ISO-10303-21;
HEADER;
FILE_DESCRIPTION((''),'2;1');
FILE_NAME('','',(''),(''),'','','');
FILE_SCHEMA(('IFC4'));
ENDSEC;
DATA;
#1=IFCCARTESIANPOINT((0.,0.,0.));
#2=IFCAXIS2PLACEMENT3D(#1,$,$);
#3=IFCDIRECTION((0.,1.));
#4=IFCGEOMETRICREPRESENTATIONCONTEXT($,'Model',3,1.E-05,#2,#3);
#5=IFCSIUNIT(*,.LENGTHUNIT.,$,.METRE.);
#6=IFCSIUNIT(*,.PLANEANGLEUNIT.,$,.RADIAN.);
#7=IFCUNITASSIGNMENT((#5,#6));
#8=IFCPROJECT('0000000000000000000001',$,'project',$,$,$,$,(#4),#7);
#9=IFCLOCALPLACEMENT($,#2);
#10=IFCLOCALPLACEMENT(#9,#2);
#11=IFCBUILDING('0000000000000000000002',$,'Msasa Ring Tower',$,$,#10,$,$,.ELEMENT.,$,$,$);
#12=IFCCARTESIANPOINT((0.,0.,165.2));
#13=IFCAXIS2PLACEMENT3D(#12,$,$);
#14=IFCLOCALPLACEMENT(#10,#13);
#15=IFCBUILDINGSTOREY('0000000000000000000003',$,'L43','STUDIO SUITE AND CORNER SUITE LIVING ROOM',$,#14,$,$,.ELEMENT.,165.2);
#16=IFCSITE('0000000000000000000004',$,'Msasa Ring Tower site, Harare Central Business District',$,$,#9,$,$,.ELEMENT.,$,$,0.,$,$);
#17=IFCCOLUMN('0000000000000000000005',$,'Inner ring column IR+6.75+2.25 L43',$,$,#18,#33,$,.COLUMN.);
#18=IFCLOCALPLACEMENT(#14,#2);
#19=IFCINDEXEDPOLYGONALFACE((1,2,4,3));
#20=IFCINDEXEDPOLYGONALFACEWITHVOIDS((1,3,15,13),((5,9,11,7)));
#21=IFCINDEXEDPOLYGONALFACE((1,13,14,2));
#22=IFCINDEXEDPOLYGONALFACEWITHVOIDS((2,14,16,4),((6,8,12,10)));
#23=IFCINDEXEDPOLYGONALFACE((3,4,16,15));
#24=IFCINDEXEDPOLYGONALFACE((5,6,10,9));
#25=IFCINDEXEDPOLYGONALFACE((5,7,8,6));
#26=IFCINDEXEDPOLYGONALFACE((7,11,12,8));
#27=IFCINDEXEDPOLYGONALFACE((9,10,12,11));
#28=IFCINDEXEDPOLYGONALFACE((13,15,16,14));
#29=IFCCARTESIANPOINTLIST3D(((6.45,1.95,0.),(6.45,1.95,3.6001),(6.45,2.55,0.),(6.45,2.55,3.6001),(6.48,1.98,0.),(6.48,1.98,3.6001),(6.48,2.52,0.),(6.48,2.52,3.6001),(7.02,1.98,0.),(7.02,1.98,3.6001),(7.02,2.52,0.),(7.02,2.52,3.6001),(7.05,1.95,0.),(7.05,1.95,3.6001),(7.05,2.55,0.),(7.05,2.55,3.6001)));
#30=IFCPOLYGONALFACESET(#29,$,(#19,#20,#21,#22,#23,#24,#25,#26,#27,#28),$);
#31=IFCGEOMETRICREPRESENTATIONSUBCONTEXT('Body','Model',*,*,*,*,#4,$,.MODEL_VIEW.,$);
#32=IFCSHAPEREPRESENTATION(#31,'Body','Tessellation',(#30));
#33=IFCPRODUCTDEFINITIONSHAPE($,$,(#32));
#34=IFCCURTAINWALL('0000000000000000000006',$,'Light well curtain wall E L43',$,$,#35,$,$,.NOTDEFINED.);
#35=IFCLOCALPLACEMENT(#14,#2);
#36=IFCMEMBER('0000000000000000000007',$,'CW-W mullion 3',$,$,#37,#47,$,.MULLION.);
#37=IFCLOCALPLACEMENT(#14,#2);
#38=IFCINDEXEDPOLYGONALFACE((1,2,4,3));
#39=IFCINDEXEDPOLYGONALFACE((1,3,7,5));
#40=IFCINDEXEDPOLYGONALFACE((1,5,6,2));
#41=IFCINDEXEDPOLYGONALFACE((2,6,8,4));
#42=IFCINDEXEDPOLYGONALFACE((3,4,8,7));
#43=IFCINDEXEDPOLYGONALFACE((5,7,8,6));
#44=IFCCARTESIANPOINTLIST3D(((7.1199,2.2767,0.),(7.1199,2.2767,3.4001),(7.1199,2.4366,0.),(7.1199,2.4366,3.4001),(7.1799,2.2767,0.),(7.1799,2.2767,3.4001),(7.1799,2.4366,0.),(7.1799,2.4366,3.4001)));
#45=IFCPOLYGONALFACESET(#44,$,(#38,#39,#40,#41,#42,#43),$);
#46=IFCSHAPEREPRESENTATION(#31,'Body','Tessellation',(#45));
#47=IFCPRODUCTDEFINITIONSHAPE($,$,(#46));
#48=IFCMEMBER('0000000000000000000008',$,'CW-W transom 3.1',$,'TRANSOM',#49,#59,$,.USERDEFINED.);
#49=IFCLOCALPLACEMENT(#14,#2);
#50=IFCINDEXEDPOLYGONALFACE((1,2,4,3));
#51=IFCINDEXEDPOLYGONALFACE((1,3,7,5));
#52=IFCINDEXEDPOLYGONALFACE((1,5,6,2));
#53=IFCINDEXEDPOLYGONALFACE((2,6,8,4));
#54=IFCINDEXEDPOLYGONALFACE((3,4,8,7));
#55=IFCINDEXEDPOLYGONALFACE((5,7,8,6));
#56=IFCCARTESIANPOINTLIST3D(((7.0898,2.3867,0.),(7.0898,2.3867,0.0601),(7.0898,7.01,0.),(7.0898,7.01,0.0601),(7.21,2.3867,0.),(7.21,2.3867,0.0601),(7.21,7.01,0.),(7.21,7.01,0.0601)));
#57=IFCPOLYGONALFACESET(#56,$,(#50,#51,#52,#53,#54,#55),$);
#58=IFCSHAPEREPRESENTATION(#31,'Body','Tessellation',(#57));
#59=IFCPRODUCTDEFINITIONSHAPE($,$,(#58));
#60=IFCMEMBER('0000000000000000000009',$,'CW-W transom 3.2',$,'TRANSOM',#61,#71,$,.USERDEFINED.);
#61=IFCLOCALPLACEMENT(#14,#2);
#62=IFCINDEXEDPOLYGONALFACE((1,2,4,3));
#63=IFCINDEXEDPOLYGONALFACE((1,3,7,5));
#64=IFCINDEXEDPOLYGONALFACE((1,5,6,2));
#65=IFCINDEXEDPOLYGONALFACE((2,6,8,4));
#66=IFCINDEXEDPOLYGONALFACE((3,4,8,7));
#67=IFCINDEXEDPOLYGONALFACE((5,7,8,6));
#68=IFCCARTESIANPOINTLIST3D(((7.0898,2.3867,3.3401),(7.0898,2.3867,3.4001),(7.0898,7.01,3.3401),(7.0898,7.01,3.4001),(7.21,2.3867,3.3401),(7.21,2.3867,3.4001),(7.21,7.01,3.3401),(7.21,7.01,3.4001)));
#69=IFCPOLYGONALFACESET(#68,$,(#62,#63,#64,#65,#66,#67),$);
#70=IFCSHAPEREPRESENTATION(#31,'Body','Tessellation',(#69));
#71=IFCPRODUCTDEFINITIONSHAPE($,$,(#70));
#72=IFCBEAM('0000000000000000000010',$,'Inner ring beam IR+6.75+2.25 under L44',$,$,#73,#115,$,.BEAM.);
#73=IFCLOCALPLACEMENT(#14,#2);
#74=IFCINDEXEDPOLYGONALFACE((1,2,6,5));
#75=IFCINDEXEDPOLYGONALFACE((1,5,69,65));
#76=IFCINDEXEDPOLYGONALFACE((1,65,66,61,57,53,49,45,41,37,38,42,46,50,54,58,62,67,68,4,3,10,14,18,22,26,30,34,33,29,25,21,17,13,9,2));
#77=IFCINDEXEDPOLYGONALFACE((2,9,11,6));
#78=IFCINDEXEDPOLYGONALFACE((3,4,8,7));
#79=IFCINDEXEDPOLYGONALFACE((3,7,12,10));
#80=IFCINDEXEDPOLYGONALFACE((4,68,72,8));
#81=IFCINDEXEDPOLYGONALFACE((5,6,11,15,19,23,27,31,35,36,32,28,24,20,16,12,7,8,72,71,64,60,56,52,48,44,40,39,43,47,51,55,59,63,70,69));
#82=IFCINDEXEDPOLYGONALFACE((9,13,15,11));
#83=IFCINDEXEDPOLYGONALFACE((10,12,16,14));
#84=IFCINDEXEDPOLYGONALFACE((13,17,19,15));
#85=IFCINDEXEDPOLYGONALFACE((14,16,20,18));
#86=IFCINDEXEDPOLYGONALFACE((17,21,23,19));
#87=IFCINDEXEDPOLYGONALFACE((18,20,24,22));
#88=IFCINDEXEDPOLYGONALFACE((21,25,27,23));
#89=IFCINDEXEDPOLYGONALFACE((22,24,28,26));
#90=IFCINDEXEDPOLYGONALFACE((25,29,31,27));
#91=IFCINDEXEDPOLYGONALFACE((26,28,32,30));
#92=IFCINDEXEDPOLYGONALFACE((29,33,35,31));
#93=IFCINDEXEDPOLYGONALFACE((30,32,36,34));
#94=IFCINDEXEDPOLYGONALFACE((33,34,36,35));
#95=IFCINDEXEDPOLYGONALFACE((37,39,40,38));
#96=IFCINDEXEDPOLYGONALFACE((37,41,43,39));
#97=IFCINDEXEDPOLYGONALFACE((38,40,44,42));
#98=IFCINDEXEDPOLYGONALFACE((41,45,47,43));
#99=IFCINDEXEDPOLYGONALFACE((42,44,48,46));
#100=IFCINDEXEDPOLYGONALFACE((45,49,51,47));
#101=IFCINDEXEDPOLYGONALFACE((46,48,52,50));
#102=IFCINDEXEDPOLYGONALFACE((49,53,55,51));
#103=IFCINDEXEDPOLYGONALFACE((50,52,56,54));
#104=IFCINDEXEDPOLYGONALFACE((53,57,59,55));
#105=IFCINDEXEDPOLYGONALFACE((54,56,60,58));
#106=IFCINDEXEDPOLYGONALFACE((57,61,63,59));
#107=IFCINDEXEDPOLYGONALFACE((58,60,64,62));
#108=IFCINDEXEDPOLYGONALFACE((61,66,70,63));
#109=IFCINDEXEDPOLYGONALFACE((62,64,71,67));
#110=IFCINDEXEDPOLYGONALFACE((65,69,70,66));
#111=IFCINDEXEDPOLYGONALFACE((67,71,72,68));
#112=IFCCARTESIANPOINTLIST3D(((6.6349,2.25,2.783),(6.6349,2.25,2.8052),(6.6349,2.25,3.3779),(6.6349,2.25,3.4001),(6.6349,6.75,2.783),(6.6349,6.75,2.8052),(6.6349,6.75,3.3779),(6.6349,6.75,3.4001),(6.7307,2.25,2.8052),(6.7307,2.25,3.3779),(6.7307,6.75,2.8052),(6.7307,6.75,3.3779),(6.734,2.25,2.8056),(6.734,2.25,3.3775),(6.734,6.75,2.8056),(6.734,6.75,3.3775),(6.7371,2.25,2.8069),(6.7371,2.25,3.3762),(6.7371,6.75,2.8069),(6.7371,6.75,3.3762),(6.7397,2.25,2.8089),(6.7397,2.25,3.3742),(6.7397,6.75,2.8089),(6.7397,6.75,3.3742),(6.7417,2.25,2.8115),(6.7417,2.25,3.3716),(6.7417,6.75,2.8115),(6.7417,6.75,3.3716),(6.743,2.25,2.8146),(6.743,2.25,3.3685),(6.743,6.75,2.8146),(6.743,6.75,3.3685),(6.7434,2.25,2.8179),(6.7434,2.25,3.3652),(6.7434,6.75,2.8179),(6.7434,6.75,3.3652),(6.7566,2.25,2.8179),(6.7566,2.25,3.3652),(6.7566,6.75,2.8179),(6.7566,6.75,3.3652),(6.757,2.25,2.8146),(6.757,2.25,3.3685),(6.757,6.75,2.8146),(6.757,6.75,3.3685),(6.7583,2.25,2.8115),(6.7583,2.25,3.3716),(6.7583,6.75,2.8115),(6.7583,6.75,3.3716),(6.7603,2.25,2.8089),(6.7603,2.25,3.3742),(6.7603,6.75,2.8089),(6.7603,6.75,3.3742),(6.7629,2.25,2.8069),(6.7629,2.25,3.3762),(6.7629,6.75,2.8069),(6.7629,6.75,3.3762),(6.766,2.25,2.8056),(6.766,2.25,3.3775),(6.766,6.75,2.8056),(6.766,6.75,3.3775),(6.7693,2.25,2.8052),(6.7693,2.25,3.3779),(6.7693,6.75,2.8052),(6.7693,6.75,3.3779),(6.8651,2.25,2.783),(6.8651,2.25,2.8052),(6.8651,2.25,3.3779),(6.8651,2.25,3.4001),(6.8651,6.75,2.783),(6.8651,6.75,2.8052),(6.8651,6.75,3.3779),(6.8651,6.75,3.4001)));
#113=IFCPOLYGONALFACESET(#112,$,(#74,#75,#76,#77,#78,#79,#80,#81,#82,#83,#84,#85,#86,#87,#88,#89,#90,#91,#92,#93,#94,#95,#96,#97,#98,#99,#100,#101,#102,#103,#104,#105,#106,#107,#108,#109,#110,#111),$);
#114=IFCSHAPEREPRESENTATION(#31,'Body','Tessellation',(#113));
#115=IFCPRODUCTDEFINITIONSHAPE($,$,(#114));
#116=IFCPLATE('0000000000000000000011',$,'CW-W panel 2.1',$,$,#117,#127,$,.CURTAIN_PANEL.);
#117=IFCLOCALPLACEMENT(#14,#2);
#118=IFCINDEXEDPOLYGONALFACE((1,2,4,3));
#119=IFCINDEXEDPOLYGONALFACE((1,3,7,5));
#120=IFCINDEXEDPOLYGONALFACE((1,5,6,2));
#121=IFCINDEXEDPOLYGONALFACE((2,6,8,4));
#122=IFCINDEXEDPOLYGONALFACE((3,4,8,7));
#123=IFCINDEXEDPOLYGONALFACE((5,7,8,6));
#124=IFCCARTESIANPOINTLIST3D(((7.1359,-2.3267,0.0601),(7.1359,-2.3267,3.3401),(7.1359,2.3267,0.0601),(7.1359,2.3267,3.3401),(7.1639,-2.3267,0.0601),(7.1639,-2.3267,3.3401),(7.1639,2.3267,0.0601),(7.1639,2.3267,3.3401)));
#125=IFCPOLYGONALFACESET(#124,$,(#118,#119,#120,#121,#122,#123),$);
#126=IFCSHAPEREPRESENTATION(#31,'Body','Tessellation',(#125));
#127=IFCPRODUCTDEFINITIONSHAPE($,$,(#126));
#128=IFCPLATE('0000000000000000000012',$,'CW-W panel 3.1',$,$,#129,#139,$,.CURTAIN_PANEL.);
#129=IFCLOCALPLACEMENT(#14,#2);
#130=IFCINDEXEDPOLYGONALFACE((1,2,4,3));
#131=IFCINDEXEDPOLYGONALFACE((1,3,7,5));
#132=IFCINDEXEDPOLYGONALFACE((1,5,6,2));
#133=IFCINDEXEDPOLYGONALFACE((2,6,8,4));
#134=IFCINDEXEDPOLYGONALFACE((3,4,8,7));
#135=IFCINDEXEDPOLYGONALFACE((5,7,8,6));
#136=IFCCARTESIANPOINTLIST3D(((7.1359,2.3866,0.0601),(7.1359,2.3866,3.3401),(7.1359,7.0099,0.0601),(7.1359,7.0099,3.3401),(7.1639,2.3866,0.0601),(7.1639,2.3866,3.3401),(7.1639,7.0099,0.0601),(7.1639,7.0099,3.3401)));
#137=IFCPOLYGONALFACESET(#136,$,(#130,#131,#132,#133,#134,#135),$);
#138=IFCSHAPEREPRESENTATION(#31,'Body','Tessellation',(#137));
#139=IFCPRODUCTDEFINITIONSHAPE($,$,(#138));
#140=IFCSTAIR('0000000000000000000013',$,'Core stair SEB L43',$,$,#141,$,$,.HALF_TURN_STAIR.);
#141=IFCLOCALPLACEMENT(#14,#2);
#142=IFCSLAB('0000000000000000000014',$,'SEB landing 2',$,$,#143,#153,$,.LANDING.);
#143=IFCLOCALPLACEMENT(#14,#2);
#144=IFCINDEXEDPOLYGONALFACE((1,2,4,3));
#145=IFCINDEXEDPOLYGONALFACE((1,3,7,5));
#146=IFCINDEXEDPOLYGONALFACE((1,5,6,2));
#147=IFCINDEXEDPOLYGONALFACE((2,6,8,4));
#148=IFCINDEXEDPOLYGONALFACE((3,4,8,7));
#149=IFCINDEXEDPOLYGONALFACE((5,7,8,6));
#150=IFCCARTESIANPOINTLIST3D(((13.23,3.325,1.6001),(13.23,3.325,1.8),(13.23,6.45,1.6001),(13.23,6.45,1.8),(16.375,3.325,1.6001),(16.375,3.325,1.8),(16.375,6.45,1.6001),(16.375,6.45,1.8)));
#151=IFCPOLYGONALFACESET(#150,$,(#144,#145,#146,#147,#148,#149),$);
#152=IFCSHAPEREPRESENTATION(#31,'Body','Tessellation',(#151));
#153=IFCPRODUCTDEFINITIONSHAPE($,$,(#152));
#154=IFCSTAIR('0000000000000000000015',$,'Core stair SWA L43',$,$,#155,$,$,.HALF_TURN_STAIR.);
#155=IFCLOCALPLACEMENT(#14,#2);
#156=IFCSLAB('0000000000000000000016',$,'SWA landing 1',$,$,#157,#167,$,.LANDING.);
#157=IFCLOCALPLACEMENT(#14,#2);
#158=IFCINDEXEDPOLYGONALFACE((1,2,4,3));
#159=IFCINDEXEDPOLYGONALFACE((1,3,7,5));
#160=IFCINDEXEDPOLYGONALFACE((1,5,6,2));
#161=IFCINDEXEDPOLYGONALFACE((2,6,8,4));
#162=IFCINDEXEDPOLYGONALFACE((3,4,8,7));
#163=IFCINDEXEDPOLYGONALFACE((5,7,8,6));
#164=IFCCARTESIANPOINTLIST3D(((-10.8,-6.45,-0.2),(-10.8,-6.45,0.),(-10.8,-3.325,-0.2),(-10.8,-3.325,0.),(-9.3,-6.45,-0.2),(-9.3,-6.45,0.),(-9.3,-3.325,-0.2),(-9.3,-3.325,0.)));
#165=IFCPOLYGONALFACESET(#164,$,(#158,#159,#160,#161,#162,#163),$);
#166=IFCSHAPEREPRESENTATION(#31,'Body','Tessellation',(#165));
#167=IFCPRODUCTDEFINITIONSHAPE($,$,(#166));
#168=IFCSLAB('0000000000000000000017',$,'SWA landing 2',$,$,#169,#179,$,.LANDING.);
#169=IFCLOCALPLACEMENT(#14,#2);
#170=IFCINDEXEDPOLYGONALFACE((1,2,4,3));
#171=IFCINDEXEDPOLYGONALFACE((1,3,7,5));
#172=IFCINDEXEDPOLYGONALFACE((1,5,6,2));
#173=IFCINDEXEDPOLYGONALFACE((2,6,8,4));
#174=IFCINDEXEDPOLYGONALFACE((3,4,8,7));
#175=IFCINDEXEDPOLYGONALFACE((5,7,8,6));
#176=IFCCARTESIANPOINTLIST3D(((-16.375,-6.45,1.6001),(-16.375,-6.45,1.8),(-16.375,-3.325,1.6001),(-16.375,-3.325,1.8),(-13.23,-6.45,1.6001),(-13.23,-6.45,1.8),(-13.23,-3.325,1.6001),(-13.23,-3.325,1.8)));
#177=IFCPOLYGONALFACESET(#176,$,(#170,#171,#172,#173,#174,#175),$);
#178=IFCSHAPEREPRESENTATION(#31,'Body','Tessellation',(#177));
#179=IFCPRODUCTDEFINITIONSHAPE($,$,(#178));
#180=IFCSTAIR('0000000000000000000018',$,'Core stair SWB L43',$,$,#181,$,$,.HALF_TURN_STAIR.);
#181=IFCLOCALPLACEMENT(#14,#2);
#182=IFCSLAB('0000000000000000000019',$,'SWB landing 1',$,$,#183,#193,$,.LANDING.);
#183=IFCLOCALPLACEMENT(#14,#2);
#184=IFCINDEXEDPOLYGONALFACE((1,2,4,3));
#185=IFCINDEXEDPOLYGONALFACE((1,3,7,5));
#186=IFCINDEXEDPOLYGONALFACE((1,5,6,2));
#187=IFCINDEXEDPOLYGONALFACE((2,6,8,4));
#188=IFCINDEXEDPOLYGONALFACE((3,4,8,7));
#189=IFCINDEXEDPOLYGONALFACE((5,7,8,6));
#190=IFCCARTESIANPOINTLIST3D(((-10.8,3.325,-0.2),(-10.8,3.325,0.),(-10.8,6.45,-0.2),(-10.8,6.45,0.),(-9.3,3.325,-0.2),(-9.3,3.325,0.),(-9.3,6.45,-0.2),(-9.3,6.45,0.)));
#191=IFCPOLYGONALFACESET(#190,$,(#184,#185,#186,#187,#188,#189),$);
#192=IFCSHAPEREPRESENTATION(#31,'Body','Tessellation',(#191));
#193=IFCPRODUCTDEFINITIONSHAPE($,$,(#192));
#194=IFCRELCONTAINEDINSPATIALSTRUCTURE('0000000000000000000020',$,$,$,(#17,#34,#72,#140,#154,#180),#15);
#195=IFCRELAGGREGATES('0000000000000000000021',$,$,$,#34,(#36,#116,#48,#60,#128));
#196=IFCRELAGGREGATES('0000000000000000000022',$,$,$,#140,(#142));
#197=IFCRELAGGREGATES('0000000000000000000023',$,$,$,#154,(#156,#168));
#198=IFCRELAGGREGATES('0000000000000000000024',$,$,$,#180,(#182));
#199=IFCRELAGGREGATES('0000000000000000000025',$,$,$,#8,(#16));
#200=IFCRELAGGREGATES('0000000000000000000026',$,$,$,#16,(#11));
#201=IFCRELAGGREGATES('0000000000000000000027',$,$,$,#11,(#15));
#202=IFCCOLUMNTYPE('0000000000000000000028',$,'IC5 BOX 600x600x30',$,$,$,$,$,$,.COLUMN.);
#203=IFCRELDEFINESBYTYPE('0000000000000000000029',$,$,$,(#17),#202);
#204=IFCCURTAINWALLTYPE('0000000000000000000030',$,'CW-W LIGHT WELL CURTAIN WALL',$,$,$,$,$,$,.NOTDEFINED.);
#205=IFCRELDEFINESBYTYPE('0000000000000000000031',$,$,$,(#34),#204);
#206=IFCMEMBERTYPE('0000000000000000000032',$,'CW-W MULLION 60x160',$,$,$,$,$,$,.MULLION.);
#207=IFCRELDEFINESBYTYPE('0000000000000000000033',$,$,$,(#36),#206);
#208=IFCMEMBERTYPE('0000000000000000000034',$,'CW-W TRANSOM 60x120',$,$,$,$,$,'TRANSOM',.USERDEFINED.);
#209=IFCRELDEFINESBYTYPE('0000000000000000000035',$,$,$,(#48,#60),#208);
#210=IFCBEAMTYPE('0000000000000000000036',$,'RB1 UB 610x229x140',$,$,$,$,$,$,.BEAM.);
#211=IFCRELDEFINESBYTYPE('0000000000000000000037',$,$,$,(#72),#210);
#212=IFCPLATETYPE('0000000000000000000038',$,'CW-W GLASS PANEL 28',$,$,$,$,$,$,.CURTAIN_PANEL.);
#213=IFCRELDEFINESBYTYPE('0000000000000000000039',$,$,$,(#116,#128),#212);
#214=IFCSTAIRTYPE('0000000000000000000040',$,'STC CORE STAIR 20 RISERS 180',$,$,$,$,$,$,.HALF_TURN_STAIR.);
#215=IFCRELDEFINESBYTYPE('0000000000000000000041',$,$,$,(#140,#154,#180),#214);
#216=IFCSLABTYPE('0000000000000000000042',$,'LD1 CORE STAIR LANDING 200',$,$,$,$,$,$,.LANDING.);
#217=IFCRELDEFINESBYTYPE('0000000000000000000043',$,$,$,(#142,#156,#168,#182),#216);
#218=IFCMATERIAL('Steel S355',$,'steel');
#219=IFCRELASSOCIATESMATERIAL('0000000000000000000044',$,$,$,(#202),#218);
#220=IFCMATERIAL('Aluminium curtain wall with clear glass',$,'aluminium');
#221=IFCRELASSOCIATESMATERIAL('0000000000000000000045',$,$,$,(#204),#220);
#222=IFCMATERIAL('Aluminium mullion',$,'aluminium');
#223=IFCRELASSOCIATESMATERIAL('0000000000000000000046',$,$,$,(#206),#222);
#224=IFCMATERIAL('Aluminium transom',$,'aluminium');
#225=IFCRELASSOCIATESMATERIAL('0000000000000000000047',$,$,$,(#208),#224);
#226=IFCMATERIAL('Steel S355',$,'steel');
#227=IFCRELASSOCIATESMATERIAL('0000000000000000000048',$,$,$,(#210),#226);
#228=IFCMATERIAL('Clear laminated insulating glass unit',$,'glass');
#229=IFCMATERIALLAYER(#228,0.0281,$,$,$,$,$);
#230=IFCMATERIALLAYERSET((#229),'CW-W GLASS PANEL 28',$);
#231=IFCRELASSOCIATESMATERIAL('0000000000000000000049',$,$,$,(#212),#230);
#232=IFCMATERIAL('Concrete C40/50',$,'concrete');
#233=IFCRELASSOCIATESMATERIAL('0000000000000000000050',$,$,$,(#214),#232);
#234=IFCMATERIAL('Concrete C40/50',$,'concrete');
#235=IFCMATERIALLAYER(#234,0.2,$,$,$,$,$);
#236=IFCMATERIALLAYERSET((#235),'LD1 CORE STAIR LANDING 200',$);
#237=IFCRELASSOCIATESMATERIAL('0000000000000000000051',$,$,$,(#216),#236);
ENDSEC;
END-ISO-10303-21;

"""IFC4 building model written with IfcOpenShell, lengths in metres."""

from ifc_helpers import new_model, si_unit, direction, frame, origin, origin_2d, place, context, subcontext, project, spatial, polyline, rectangle, hollow_rectangle, i_section, outline, extrude, material, layer, layer_set, material_profile, profile_set, type_object, element, aggregate, save


model = new_model("IFC4")

# Units and contexts
model_context = context("Model", 3, precision=1e-05, world=origin(), true_north=direction((0.0, 1.0)))
body_context = subcontext(model_context, "Body", "Model", "MODEL_VIEW")
ifc_project = project(units=[si_unit("LENGTHUNIT", "METRE"), si_unit("PLANEANGLEUNIT", "RADIAN")], contexts=[model_context])

# Site, building, storey
site_placement = place(None, origin())
site = spatial("IfcSite", under=ifc_project, at=site_placement, Name="Msasa Ring Tower site, Harare Central Business District", CompositionType="ELEMENT", RefElevation=0.0)
building_placement = place(site_placement, origin())
building = spatial("IfcBuilding", under=site, at=building_placement, Name="Msasa Ring Tower", CompositionType="ELEMENT")
storey_placement = place(building_placement, frame((0.0, 0.0, 165.2)))
storey = spatial("IfcBuildingStorey", under=building, at=storey_placement, Name="L43", Description="STUDIO SUITE AND CORNER SUITE LIVING ROOM", CompositionType="ELEMENT", Elevation=165.2)

# Column
ifc_material_1 = material(Name="Steel S355", Category="steel")
ifc_material_profile_1 = material_profile(ifc_material_1, hollow_rectangle(XDim=0.6001, YDim=0.6001, WallThickness=0.03, at=origin_2d()), Name="BOX 600x600x30")
ifc_profile_set_1 = profile_set([ifc_material_profile_1], Name="Steel S355")
column_type = type_object("IfcColumnType", Name="IC5 BOX 600x600x30", PredefinedType="COLUMN", material=ifc_profile_set_1)
column_placement = place(storey_placement, frame((6.75, 2.25, 0.0), z_axis=(0.0, 0.0, 1.0), x_axis=(1.0, 0.0, 0.0)))
element("IfcColumn", 1, at=column_placement, inside=storey, type_object=column_type, Name="Inner ring column IR+6.75+2.25 L43", PredefinedType="COLUMN", context=body_context, shape_type="SweptSolid", body=[
    extrude(hollow_rectangle(XDim=0.6001, YDim=0.6001, WallThickness=0.03, at=origin_2d()), origin(), (0.0, 0.0, 1.0), 3.6001),
])

# Curtain wall, members
ifc_material_2 = material(Name="Aluminium curtain wall with clear glass", Category="aluminium")
curtain_wall_type = type_object("IfcCurtainWallType", Name="CW-W LIGHT WELL CURTAIN WALL", PredefinedType="NOTDEFINED", material=ifc_material_2)
curtain_wall_placement = place(storey_placement, origin())
curtain_wall = element("IfcCurtainWall", 2, at=curtain_wall_placement, inside=storey, type_object=curtain_wall_type, Name="Light well curtain wall E L43", PredefinedType="NOTDEFINED")
ifc_material_3 = material(Name="Aluminium mullion", Category="aluminium")
ifc_material_profile_2 = material_profile(ifc_material_3, rectangle(XDim=0.0601, YDim=0.1599, at=origin_2d()), Name="AL 60x160")
ifc_profile_set_2 = profile_set([ifc_material_profile_2], Name="Aluminium mullion")
member_type_1 = type_object("IfcMemberType", Name="CW-W MULLION 60x160", PredefinedType="MULLION", material=ifc_profile_set_2)
member_1_placement = place(storey_placement, frame((7.1499, 2.3567, 0.0), z_axis=(0.0, 0.0, 1.0), x_axis=(-1.0, 0.0, 0.0)))
member_1 = element("IfcMember", 3, at=member_1_placement, type_object=member_type_1, Name="CW-W mullion 3", PredefinedType="MULLION", context=body_context, shape_type="SweptSolid", body=[
    extrude(rectangle(XDim=0.0601, YDim=0.1599, at=origin_2d()), origin(), (0.0, 0.0, 1.0), 3.4001),
])
ifc_material_4 = material(Name="Aluminium transom", Category="aluminium")
ifc_material_profile_3 = material_profile(ifc_material_4, rectangle(XDim=0.1201, YDim=0.0601, at=origin_2d()), Name="AL 60x120")
ifc_profile_set_3 = profile_set([ifc_material_profile_3], Name="Aluminium transom")
member_type_2 = type_object("IfcMemberType", Name="CW-W TRANSOM 60x120", ElementType="TRANSOM", PredefinedType="USERDEFINED", material=ifc_profile_set_3)
member_2_placement = place(storey_placement, frame((7.1499, 2.3867, 0.03), z_axis=(0.0, 1.0, 0.0), x_axis=(-1.0, 0.0, 0.0)))
member_2 = element("IfcMember", 4, at=member_2_placement, type_object=member_type_2, Name="CW-W transom 3.1", ObjectType="TRANSOM", PredefinedType="USERDEFINED", context=body_context, shape_type="SweptSolid", body=[
    extrude(rectangle(XDim=0.1201, YDim=0.0601, at=origin_2d()), origin(), (0.0, 0.0, 1.0), 4.6233),
])
member_3_placement = place(storey_placement, frame((7.1499, 2.3867, 3.3701), z_axis=(0.0, 1.0, 0.0), x_axis=(-1.0, 0.0, 0.0)))
member_3 = element("IfcMember", 5, at=member_3_placement, type_object=member_type_2, Name="CW-W transom 3.2", ObjectType="TRANSOM", PredefinedType="USERDEFINED", context=body_context, shape_type="SweptSolid", body=[
    extrude(rectangle(XDim=0.1201, YDim=0.0601, at=origin_2d()), origin(), (0.0, 0.0, 1.0), 4.6233),
])

# Beam
ifc_material_5 = material(Name="Steel S355", Category="steel")
ifc_material_profile_4 = material_profile(ifc_material_5, i_section(OverallWidth=0.2302, OverallDepth=0.6172, WebThickness=0.0132, FlangeThickness=0.0222, FilletRadius=0.0127, at=origin_2d()), Name="UB 610x229x140")
ifc_profile_set_4 = profile_set([ifc_material_profile_4], Name="Steel S355")
beam_type = type_object("IfcBeamType", Name="RB1 UB 610x229x140", PredefinedType="BEAM", material=ifc_profile_set_4)
beam_placement = place(storey_placement, frame((6.75, 2.25, 3.0916), z_axis=(0.0, 1.0, 0.0), x_axis=(-1.0, 0.0, 0.0)))
element("IfcBeam", 6, at=beam_placement, inside=storey, type_object=beam_type, Name="Inner ring beam IR+6.75+2.25 under L44", PredefinedType="BEAM", context=body_context, shape_type="SweptSolid", body=[
    extrude(i_section(OverallWidth=0.2302, OverallDepth=0.6172, WebThickness=0.0132, FlangeThickness=0.0222, FilletRadius=0.0127, at=origin_2d()), origin(), (0.0, 0.0, 1.0), 4.5),
])

# Plates
ifc_material_6 = material(Name="Clear laminated insulating glass unit", Category="glass")
ifc_layer_1 = layer(ifc_material_6, 0.0281)
ifc_layer_set_1 = layer_set([ifc_layer_1], Name="CW-W GLASS PANEL 28")
plate_type = type_object("IfcPlateType", Name="CW-W GLASS PANEL 28", PredefinedType="CURTAIN_PANEL", material=ifc_layer_set_1)
plate_1_placement = place(storey_placement, frame((7.1499, 0.0, 0.0601), z_axis=(0.0, 0.0, 1.0), x_axis=(0.0, 1.0, 0.0)))
plate_1 = element("IfcPlate", 7, at=plate_1_placement, type_object=plate_type, Name="CW-W panel 2.1", PredefinedType="CURTAIN_PANEL", context=body_context, shape_type="SweptSolid", body=[
    extrude(rectangle(XDim=4.6533, YDim=0.0281, at=origin_2d()), origin(), (0.0, 0.0, 1.0), 3.28),
])
plate_2_placement = place(storey_placement, frame((7.1499, 4.6982, 0.0601), z_axis=(0.0, 0.0, 1.0), x_axis=(0.0, 1.0, 0.0)))
plate_2 = element("IfcPlate", 8, at=plate_2_placement, type_object=plate_type, Name="CW-W panel 3.1", PredefinedType="CURTAIN_PANEL", context=body_context, shape_type="SweptSolid", body=[
    extrude(rectangle(XDim=4.6233, YDim=0.0281, at=origin_2d()), origin(), (0.0, 0.0, 1.0), 3.28),
])
aggregate(curtain_wall, [member_1, plate_1, member_2, member_3, plate_2])

# Stair, slab
ifc_material_7 = material(Name="Concrete C40/50", Category="concrete")
stair_type = type_object("IfcStairType", Name="STC CORE STAIR 20 RISERS 180", PredefinedType="HALF_TURN_STAIR", material=ifc_material_7)
stair_1_placement = place(storey_placement, origin())
stair_1 = element("IfcStair", 9, at=stair_1_placement, inside=storey, type_object=stair_type, Name="Core stair SEB L43", PredefinedType="HALF_TURN_STAIR")
ifc_material_8 = material(Name="Concrete C40/50", Category="concrete")
ifc_layer_2 = layer(ifc_material_8, 0.2)
ifc_layer_set_2 = layer_set([ifc_layer_2], Name="LD1 CORE STAIR LANDING 200")
slab_type = type_object("IfcSlabType", Name="LD1 CORE STAIR LANDING 200", PredefinedType="LANDING", material=ifc_layer_set_2)
slab_1_placement = place(storey_placement, frame((0.0, 0.0, 1.6001)))
slab_1 = element("IfcSlab", 10, at=slab_1_placement, type_object=slab_type, Name="SEB landing 2", PredefinedType="LANDING", context=body_context, shape_type="SweptSolid", body=[
    extrude(outline(polyline([(13.23, 3.325), (16.375, 3.325), (16.375, 6.45), (13.23, 6.45), (13.23, 3.325)])), origin(), (0.0, 0.0, 1.0), 0.2),
])
aggregate(stair_1, [slab_1])

# Stairs, slabs
stair_2_placement = place(storey_placement, origin())
stair_2 = element("IfcStair", 11, at=stair_2_placement, inside=storey, type_object=stair_type, Name="Core stair SWA L43", PredefinedType="HALF_TURN_STAIR")
slab_2_placement = place(storey_placement, frame((0.0, 0.0, -0.2)))
slab_2 = element("IfcSlab", 12, at=slab_2_placement, type_object=slab_type, Name="SWA landing 1", PredefinedType="LANDING", context=body_context, shape_type="SweptSolid", body=[
    extrude(outline(polyline([(-10.8, -6.45), (-9.3, -6.45), (-9.3, -3.325), (-10.8, -3.325), (-10.8, -6.45)])), origin(), (0.0, 0.0, 1.0), 0.2),
])
slab_3_placement = place(storey_placement, frame((0.0, 0.0, 1.6001)))
slab_3 = element("IfcSlab", 13, at=slab_3_placement, type_object=slab_type, Name="SWA landing 2", PredefinedType="LANDING", context=body_context, shape_type="SweptSolid", body=[
    extrude(outline(polyline([(-16.375, -6.45), (-13.23, -6.45), (-13.23, -3.325), (-16.375, -3.325), (-16.375, -6.45)])), origin(), (0.0, 0.0, 1.0), 0.2),
])
aggregate(stair_2, [slab_2, slab_3])
stair_3_placement = place(storey_placement, origin())
stair_3 = element("IfcStair", 14, at=stair_3_placement, inside=storey, type_object=stair_type, Name="Core stair SWB L43", PredefinedType="HALF_TURN_STAIR")
slab_4_placement = place(storey_placement, frame((0.0, 0.0, -0.2)))
slab_4 = element("IfcSlab", 15, at=slab_4_placement, type_object=slab_type, Name="SWB landing 1", PredefinedType="LANDING", context=body_context, shape_type="SweptSolid", body=[
    extrude(outline(polyline([(-10.8, 3.325), (-9.3, 3.325), (-9.3, 6.45), (-10.8, 6.45), (-10.8, 3.325)])), origin(), (0.0, 0.0, 1.0), 0.2),
])
aggregate(stair_3, [slab_4])

save(model, "model.ifc")
